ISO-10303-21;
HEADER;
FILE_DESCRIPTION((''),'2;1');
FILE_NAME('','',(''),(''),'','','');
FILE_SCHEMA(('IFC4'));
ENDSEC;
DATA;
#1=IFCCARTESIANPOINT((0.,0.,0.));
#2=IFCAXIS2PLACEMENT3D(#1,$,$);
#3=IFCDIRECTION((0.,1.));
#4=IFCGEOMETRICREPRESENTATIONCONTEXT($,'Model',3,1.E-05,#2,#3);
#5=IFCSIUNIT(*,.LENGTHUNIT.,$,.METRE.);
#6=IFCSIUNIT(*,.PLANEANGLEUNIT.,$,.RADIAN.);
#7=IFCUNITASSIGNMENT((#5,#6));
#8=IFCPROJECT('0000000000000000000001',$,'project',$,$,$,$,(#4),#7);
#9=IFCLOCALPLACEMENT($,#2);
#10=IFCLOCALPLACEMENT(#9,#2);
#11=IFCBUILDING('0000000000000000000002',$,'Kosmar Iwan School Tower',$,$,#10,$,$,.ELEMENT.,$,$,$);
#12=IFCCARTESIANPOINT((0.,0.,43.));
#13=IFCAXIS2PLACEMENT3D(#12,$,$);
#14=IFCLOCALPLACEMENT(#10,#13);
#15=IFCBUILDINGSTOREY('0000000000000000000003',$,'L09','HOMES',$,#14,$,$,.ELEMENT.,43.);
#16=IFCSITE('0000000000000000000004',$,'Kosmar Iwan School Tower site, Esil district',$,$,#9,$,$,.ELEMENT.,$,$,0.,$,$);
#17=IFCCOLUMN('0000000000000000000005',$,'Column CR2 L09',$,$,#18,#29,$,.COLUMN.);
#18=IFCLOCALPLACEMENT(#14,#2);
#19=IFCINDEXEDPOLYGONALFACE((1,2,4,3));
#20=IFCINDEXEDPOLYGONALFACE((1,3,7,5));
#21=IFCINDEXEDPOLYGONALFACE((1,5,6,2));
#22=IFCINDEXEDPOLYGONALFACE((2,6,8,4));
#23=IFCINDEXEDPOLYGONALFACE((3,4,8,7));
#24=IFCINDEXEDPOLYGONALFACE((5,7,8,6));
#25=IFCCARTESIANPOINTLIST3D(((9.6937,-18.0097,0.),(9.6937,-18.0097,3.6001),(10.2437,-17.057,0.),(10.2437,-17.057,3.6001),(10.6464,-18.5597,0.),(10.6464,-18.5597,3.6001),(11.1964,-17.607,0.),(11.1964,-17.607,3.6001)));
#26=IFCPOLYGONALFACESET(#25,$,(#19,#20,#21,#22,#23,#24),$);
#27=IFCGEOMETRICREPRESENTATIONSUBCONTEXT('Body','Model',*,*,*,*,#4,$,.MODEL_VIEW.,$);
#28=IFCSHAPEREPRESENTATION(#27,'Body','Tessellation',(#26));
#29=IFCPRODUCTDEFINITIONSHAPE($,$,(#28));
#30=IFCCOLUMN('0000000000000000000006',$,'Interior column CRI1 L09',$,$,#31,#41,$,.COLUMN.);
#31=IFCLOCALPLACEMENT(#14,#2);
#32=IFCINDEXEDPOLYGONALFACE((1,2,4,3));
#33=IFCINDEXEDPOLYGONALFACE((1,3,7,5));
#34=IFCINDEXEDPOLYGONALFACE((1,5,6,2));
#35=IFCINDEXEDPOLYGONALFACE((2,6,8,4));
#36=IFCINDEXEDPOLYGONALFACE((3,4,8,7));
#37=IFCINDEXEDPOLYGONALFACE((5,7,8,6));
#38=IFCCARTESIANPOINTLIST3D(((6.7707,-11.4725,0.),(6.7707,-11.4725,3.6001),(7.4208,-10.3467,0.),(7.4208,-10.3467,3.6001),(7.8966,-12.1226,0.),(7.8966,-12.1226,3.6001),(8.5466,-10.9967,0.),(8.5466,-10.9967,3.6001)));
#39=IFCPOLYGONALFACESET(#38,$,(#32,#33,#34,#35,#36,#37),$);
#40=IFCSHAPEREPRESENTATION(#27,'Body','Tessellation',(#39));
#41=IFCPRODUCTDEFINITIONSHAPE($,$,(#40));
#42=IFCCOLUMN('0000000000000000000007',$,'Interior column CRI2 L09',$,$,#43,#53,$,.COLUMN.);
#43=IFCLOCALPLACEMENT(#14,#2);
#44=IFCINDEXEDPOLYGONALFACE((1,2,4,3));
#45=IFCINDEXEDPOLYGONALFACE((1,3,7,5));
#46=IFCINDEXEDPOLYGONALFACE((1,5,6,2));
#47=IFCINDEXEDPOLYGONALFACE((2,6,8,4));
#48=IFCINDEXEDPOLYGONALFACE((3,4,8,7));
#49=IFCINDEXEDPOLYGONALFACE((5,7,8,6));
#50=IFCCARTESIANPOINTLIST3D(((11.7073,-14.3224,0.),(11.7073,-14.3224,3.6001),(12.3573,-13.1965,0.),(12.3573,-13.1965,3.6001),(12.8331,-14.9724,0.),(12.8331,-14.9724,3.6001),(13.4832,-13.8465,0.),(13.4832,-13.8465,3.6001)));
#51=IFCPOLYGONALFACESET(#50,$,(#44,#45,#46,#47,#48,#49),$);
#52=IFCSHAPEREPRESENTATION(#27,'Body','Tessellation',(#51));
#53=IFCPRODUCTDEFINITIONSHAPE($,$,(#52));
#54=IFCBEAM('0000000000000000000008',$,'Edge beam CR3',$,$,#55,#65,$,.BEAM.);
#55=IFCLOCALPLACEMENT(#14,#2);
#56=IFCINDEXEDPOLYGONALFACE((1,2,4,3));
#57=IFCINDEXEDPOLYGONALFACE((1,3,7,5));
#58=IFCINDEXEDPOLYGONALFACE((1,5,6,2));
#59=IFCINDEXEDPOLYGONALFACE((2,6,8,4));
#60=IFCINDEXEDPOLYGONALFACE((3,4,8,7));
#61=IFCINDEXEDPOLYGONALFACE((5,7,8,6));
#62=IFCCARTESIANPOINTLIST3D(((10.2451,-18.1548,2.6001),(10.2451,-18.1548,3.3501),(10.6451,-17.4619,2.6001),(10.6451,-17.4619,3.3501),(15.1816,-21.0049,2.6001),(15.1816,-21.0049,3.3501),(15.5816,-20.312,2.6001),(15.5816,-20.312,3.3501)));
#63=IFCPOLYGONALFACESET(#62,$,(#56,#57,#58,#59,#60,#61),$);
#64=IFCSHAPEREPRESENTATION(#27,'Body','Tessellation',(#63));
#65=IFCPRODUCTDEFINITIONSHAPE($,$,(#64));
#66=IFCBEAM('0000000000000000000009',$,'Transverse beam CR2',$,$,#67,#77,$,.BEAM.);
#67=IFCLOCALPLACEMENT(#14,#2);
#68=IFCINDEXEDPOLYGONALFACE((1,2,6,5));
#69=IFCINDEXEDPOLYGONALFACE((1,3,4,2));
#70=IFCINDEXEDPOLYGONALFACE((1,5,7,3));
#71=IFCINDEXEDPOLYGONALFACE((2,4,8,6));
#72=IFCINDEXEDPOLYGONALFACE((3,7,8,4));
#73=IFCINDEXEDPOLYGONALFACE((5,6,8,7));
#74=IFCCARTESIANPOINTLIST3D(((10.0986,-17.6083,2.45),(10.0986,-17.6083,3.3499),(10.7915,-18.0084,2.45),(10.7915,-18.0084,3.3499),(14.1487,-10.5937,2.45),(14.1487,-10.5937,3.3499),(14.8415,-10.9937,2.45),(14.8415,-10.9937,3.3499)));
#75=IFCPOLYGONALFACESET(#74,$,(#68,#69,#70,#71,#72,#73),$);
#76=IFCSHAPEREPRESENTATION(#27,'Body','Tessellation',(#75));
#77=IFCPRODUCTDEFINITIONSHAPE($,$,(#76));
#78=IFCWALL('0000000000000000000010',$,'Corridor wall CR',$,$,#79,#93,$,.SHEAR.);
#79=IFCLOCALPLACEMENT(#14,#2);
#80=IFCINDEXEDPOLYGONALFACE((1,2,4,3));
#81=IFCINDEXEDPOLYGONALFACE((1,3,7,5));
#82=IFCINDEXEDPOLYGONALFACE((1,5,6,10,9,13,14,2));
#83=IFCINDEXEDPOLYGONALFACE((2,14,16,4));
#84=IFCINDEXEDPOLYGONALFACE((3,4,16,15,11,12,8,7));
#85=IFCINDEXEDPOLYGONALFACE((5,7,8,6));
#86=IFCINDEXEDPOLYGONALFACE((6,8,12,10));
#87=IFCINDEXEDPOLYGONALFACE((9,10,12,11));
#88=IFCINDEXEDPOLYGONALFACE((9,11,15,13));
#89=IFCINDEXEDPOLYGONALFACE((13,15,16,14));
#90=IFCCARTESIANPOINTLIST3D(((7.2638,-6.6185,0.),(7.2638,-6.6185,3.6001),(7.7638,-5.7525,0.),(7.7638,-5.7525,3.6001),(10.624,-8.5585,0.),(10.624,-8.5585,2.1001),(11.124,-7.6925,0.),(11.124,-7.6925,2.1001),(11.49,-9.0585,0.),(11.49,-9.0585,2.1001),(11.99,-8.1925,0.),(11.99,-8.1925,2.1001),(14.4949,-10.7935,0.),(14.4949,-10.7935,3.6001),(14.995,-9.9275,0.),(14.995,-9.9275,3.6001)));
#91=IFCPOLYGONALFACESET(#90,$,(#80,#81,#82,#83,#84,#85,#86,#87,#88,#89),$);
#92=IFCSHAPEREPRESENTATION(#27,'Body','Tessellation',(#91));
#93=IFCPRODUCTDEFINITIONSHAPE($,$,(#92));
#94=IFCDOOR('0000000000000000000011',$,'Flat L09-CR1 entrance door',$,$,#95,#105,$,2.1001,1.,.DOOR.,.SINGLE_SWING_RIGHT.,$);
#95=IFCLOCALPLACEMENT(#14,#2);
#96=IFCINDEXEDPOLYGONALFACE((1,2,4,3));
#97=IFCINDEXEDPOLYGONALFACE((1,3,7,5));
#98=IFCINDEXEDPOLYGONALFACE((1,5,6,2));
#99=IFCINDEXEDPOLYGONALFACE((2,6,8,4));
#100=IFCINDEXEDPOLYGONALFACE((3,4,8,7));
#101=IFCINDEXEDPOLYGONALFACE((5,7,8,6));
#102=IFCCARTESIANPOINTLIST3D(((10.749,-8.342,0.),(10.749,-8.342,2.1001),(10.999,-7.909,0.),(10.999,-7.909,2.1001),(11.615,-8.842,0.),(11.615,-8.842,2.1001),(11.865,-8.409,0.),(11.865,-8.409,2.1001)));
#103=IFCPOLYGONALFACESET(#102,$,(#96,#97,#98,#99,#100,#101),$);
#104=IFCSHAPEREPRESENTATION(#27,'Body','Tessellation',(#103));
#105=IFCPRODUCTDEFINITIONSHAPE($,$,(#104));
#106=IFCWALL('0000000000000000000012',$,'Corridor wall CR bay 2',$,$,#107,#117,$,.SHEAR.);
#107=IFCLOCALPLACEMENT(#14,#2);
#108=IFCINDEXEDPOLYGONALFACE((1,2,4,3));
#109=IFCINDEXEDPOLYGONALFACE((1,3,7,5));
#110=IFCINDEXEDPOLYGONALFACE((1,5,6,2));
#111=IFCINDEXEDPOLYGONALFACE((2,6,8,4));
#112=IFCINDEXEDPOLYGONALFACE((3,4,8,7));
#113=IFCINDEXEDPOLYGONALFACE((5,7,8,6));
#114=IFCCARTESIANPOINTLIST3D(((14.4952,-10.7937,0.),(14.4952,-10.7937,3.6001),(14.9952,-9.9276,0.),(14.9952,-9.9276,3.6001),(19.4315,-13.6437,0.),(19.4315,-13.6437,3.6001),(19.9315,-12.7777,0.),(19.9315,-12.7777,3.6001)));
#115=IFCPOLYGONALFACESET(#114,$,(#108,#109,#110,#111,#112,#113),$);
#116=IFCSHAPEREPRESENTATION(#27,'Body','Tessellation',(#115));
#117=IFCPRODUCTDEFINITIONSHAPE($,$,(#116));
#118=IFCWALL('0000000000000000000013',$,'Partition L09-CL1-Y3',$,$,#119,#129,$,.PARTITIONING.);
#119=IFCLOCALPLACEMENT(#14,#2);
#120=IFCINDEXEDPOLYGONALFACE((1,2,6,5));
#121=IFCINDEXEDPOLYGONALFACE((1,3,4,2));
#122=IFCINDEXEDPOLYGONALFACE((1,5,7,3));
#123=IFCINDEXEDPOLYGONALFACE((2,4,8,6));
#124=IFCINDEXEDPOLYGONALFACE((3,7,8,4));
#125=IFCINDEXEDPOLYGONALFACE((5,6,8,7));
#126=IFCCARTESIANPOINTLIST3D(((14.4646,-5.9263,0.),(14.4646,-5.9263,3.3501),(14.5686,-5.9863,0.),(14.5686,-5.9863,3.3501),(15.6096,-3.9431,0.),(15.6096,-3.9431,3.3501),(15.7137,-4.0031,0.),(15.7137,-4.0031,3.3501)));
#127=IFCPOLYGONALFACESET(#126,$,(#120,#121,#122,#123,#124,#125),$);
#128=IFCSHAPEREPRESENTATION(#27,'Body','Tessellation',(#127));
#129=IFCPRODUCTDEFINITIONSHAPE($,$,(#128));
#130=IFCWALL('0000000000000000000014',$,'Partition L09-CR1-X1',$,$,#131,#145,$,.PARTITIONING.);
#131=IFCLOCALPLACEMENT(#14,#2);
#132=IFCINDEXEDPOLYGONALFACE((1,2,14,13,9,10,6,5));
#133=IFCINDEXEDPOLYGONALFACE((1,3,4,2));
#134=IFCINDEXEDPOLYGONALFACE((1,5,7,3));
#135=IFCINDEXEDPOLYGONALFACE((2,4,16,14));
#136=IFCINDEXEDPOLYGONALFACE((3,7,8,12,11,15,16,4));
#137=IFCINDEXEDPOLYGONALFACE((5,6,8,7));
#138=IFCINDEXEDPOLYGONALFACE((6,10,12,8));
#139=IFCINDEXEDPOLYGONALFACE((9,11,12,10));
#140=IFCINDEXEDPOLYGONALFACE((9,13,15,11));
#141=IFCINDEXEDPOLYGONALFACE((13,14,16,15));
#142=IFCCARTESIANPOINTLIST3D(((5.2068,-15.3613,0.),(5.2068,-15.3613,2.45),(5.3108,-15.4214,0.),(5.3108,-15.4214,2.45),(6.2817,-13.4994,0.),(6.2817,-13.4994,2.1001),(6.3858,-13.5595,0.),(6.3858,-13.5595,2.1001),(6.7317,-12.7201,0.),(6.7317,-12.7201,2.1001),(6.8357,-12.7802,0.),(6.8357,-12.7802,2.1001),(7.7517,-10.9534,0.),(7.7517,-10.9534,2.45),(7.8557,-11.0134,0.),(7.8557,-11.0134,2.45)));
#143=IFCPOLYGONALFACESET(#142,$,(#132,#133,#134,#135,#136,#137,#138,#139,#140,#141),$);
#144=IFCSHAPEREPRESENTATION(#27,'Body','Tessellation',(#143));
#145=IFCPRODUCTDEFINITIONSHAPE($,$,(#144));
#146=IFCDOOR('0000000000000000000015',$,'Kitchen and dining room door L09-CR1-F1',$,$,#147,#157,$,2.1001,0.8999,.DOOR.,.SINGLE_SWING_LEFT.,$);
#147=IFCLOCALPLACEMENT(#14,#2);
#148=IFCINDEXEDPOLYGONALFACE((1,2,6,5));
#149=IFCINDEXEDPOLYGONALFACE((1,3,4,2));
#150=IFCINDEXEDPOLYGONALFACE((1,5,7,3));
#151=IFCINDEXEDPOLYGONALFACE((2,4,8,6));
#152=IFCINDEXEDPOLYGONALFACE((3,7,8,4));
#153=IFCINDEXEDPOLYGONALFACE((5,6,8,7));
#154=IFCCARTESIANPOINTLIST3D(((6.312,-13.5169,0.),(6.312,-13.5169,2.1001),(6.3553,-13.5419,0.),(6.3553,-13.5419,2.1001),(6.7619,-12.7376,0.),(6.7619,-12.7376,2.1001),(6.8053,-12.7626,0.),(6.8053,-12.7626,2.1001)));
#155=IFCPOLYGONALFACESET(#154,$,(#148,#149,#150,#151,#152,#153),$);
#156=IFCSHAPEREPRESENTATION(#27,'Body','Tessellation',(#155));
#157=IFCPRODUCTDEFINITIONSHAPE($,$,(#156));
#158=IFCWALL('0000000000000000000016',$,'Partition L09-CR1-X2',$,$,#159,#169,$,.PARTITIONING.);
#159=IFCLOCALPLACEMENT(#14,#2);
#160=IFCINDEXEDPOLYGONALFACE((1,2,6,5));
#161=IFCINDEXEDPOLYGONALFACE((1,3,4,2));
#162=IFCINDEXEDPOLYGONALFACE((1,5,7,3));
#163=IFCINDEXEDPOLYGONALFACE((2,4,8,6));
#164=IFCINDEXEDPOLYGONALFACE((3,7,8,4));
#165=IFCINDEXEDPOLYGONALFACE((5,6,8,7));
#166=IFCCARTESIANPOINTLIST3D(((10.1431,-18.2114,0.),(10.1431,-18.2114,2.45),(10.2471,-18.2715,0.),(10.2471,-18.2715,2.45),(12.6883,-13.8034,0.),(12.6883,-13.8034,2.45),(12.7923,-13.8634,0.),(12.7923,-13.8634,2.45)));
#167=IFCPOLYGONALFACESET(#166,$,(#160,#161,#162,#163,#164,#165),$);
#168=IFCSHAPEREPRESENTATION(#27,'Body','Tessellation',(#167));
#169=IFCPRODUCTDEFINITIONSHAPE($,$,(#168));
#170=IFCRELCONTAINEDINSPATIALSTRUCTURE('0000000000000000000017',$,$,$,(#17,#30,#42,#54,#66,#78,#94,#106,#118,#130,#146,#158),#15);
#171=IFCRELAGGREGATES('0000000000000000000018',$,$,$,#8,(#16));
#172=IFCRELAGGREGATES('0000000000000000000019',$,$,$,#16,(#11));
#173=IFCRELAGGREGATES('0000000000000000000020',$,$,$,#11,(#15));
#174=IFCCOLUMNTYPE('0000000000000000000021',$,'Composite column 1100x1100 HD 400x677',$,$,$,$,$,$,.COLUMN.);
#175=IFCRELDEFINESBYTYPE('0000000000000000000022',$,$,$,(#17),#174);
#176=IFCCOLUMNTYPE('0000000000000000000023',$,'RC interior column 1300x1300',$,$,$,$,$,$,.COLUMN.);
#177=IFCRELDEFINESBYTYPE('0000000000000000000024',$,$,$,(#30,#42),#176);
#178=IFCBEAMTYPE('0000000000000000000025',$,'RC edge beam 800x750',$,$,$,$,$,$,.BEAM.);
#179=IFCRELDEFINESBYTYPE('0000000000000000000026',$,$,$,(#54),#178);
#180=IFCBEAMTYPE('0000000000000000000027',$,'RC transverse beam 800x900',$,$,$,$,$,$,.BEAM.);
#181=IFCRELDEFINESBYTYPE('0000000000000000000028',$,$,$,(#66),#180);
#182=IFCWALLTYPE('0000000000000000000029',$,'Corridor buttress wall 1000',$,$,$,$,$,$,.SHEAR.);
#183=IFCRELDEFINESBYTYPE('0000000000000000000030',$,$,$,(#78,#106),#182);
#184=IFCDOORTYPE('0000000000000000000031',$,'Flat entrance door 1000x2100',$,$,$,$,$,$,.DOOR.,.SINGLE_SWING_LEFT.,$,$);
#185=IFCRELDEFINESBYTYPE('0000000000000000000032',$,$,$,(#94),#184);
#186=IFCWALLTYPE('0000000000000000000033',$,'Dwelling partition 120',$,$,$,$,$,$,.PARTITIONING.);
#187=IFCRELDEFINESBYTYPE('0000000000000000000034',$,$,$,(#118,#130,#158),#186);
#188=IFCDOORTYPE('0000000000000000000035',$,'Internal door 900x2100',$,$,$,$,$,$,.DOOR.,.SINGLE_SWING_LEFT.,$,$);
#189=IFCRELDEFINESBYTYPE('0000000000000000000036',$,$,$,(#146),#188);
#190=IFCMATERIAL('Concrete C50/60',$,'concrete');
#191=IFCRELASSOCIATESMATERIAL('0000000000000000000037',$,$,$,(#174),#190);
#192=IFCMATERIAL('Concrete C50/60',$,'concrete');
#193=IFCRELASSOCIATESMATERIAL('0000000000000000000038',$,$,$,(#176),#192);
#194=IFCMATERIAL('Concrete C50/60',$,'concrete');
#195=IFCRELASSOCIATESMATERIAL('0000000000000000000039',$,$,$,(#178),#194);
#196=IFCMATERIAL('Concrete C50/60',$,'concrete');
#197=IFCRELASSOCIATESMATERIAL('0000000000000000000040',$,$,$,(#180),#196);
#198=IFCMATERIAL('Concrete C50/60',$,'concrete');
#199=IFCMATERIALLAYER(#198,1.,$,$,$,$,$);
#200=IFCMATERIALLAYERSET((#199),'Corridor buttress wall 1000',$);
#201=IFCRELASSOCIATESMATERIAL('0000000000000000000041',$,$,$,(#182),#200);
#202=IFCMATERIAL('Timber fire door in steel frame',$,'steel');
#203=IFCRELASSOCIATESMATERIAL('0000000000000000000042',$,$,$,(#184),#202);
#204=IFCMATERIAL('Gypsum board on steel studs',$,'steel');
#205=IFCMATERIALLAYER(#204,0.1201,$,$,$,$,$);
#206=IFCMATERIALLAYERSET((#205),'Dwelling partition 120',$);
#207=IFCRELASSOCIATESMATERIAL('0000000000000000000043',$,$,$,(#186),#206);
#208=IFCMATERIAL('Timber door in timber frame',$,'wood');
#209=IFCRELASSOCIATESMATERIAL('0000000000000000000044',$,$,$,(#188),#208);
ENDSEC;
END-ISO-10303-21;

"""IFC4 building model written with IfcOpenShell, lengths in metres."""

from ifc_helpers import new_model, si_unit, direction, frame, frame_2d, origin, origin_2d, place, context, subcontext, project, spatial, rectangle, extrude, material, layer, layer_set, material_profile, profile_set, type_object, element, fill, save


model = new_model("IFC4")

# Units and contexts
model_context = context("Model", 3, precision=1e-05, world=origin(), true_north=direction((0.0, 1.0)))
body_context = subcontext(model_context, "Body", "Model", "MODEL_VIEW")
ifc_project = project(units=[si_unit("LENGTHUNIT", "METRE"), si_unit("PLANEANGLEUNIT", "RADIAN")], contexts=[model_context])

# Site, building, storey
site_placement = place(None, origin())
site = spatial("IfcSite", under=ifc_project, at=site_placement, Name="Kosmar Iwan School Tower site, Esil district", CompositionType="ELEMENT", RefElevation=0.0)
building_placement = place(site_placement, origin())
building = spatial("IfcBuilding", under=site, at=building_placement, Name="Kosmar Iwan School Tower", CompositionType="ELEMENT")
storey_placement = place(building_placement, frame((0.0, 0.0, 43.0)))
storey = spatial("IfcBuildingStorey", under=building, at=storey_placement, Name="L09", Description="HOMES", CompositionType="ELEMENT", Elevation=43.0)

# Columns
ifc_material_1 = material(Name="Concrete C50/60", Category="concrete")
ifc_material_profile_1 = material_profile(ifc_material_1, rectangle(XDim=1.1001, YDim=1.1001, at=origin_2d()), Name="RC 1100x1100 + HD 400x677")
ifc_profile_set_1 = profile_set([ifc_material_profile_1], Name="Concrete C50/60")
column_type_1 = type_object("IfcColumnType", Name="Composite column 1100x1100 HD 400x677", PredefinedType="COLUMN", material=ifc_profile_set_1)
column_placement = place(storey_placement, frame((10.4451, -17.8083, 0.0), z_axis=(0.0, 0.0, 1.0), x_axis=(0.866025, -0.5, 0.0)))
element("IfcColumn", 1, at=column_placement, inside=storey, type_object=column_type_1, Name="Column CR2 L09", PredefinedType="COLUMN", context=body_context, shape_type="SweptSolid", body=[
    extrude(rectangle(XDim=1.1001, YDim=1.1001, at=origin_2d()), origin(), (0.0, 0.0, 1.0), 3.6001),
])
ifc_material_2 = material(Name="Concrete C50/60", Category="concrete")
ifc_material_profile_2 = material_profile(ifc_material_2, rectangle(XDim=1.3, YDim=1.3, at=origin_2d()), Name="RC 1300x1300")
ifc_profile_set_2 = profile_set([ifc_material_profile_2], Name="Concrete C50/60")
column_type_2 = type_object("IfcColumnType", Name="RC interior column 1300x1300", PredefinedType="COLUMN", material=ifc_profile_set_2)
for number, where, z_axis, x_axis, name in (
    (2, (7.6587, -11.2346, 0.0), (0.0, 0.0, 1.0), (0.866025, -0.5, 0.0), "Interior column CRI1 L09"),
    (3, (12.5952, -14.0845, 0.0), (0.0, 0.0, 1.0), (0.866025, -0.5, 0.0), "Interior column CRI2 L09"),
):
    element("IfcColumn", number, at=place(storey_placement, frame(where, z_axis=z_axis, x_axis=x_axis)), inside=storey, type_object=column_type_2, Name=name, PredefinedType="COLUMN", context=body_context, shape_type="SweptSolid", body=[
        extrude(rectangle(XDim=1.3, YDim=1.3, at=origin_2d()), origin(), (0.0, 0.0, 1.0), 3.6001),
    ])

# Beams
ifc_material_3 = material(Name="Concrete C50/60", Category="concrete")
ifc_material_profile_3 = material_profile(ifc_material_3, rectangle(XDim=0.8, YDim=0.75, at=origin_2d()), Name="RC 800x750")
ifc_profile_set_3 = profile_set([ifc_material_profile_3], Name="Concrete C50/60")
beam_type_1 = type_object("IfcBeamType", Name="RC edge beam 800x750", PredefinedType="BEAM", material=ifc_profile_set_3)
beam_1_placement = place(storey_placement, frame((10.4451, -17.8083, 2.9751), z_axis=(0.866026, -0.499999, 0.0), x_axis=(0.499999, 0.866026, 0.0)))
element("IfcBeam", 4, at=beam_1_placement, inside=storey, type_object=beam_type_1, Name="Edge beam CR3", PredefinedType="BEAM", context=body_context, shape_type="SweptSolid", body=[
    extrude(rectangle(XDim=0.8, YDim=0.75, at=origin_2d()), origin(), (0.0, 0.0, 1.0), 5.7002),
])
ifc_material_4 = material(Name="Concrete C50/60", Category="concrete")
ifc_material_profile_4 = material_profile(ifc_material_4, rectangle(XDim=0.8, YDim=0.8999, at=origin_2d()), Name="RC 800x900")
ifc_profile_set_4 = profile_set([ifc_material_profile_4], Name="Concrete C50/60")
beam_type_2 = type_object("IfcBeamType", Name="RC transverse beam 800x900", PredefinedType="BEAM", material=ifc_profile_set_4)
beam_2_placement = place(storey_placement, frame((10.4451, -17.8083, 2.8999), z_axis=(0.500013, 0.866018, 0.0), x_axis=(-0.866018, 0.500013, 0.0)))
element("IfcBeam", 5, at=beam_2_placement, inside=storey, type_object=beam_type_2, Name="Transverse beam CR2", PredefinedType="BEAM", context=body_context, shape_type="SweptSolid", body=[
    extrude(rectangle(XDim=0.8, YDim=0.8999, at=origin_2d()), origin(), (0.0, 0.0, 1.0), 8.0999),
])

# Wall, opening, door
ifc_material_5 = material(Name="Concrete C50/60", Category="concrete")
ifc_layer_1 = layer(ifc_material_5, 1.0)
ifc_layer_set_1 = layer_set([ifc_layer_1], Name="Corridor buttress wall 1000")
wall_type_1 = type_object("IfcWallType", Name="Corridor buttress wall 1000", PredefinedType="SHEAR", material=ifc_layer_set_1)
wall_1_placement = place(storey_placement, frame((7.5139, -6.1855, 0.0), z_axis=(0.0, 0.0, 1.0), x_axis=(0.86602, -0.50001, 0.0)))
wall_1 = element("IfcWall", 6, at=wall_1_placement, inside=storey, type_object=wall_type_1, Name="Corridor wall CR", PredefinedType="SHEAR", context=body_context, shape_type="SweptSolid", body=[
    extrude(rectangle(XDim=8.3499, YDim=1.0, at=frame_2d((4.1748, 0.0))), origin(), (0.0, 0.0, 1.0), 3.6001),
])
opening_1_placement = place(wall_1_placement, frame((3.8799, 0.0, 0.0)))
opening_1 = element("IfcOpeningElement", 7, at=opening_1_placement, cuts=wall_1, PredefinedType="OPENING", context=body_context, shape_type="SweptSolid", body=[
    extrude(rectangle(XDim=1.0, YDim=2.1001, at=frame_2d((0.5, 1.05))), frame((0.0, 0.512, 0.0), z_axis=(0.0, -1.0, 0.0), x_axis=(1.0, 0.0, 0.0)), (0.0, 0.0, 1.0), 1.0239),
])
ifc_material_6 = material(Name="Timber fire door in steel frame", Category="steel")
door_type_1 = type_object("IfcDoorType", Name="Flat entrance door 1000x2100", OperationType="SINGLE_SWING_LEFT", PredefinedType="DOOR", material=ifc_material_6)
door_1_placement = place(opening_1_placement, origin())
door_1 = element("IfcDoor", 8, at=door_1_placement, inside=storey, type_object=door_type_1, Name="Flat L09-CR1 entrance door", OperationType="SINGLE_SWING_RIGHT", OverallHeight=2.1001, OverallWidth=1.0, PredefinedType="DOOR", context=body_context, shape_type="SweptSolid", body=[
    extrude(rectangle(XDim=1.0, YDim=2.1001, at=frame_2d((0.5, 1.05))), frame((0.0, 0.25, 0.0), z_axis=(0.0, -1.0, 0.0), x_axis=(1.0, 0.0, 0.0)), (0.0, 0.0, 1.0), 0.5),
])
fill(opening_1, door_1)

# Walls
wall_2_placement = place(storey_placement, frame((14.7451, -10.3606, 0.0), z_axis=(0.0, 0.0, 1.0), x_axis=(0.866015, -0.500018, 0.0)))
element("IfcWall", 9, at=wall_2_placement, inside=storey, type_object=wall_type_1, Name="Corridor wall CR bay 2", PredefinedType="SHEAR", context=body_context, shape_type="SweptSolid", body=[
    extrude(rectangle(XDim=5.7, YDim=1.0, at=frame_2d((2.8501, 0.0))), origin(), (0.0, 0.0, 1.0), 3.6001),
])
ifc_material_7 = material(Name="Gypsum board on steel studs", Category="steel")
ifc_layer_2 = layer(ifc_material_7, 0.1201)
ifc_layer_set_2 = layer_set([ifc_layer_2], Name="Dwelling partition 120")
wall_type_2 = type_object("IfcWallType", Name="Dwelling partition 120", PredefinedType="PARTITIONING", material=ifc_layer_set_2)
wall_3_placement = place(storey_placement, frame((14.5166, -5.9563, 0.0), z_axis=(0.0, 0.0, 1.0), x_axis=(0.500015, 0.866017, 0.0)))
element("IfcWall", 10, at=wall_3_placement, inside=storey, type_object=wall_type_2, Name="Partition L09-CL1-Y3", PredefinedType="PARTITIONING", context=body_context, shape_type="SweptSolid", body=[
    extrude(rectangle(XDim=2.29, YDim=0.1201, at=frame_2d((1.145, 0.0))), origin(), (0.0, 0.0, 1.0), 3.3501),
])

# Wall, opening, door
wall_4_placement = place(storey_placement, frame((7.8037, -10.9834, 0.0), z_axis=(0.0, 0.0, 1.0), x_axis=(-0.499998, -0.866027, 0.0)))
wall_4 = element("IfcWall", 11, at=wall_4_placement, inside=storey, type_object=wall_type_2, Name="Partition L09-CR1-X1", PredefinedType="PARTITIONING", context=body_context, shape_type="SweptSolid", body=[
    extrude(rectangle(XDim=5.0898, YDim=0.1201, at=frame_2d((2.5449, 0.0))), origin(), (0.0, 0.0, 1.0), 2.45),
])
opening_2_placement = place(wall_4_placement, frame((2.04, 0.0, 0.0)))
opening_2 = element("IfcOpeningElement", 12, at=opening_2_placement, cuts=wall_4, PredefinedType="OPENING", context=body_context, shape_type="SweptSolid", body=[
    extrude(rectangle(XDim=0.8999, YDim=2.1001, at=frame_2d((0.45, 1.05))), frame((0.0, 0.072, 0.0), z_axis=(0.0, -1.0, 0.0), x_axis=(1.0, 0.0, 0.0)), (0.0, 0.0, 1.0), 0.144),
])
ifc_material_8 = material(Name="Timber door in timber frame", Category="wood")
door_type_2 = type_object("IfcDoorType", Name="Internal door 900x2100", OperationType="SINGLE_SWING_LEFT", PredefinedType="DOOR", material=ifc_material_8)
door_2_placement = place(opening_2_placement, origin())
door_2 = element("IfcDoor", 13, at=door_2_placement, inside=storey, type_object=door_type_2, Name="Kitchen and dining room door L09-CR1-F1", OperationType="SINGLE_SWING_LEFT", OverallHeight=2.1001, OverallWidth=0.8999, PredefinedType="DOOR", context=body_context, shape_type="SweptSolid", body=[
    extrude(rectangle(XDim=0.8999, YDim=2.1001, at=frame_2d((0.45, 1.05))), frame((0.0, 0.0249, 0.0), z_axis=(0.0, -1.0, 0.0), x_axis=(1.0, 0.0, 0.0)), (0.0, 0.0, 1.0), 0.05),
])
fill(opening_2, door_2)

# Wall
wall_5_placement = place(storey_placement, frame((12.7402, -13.8335, 0.0), z_axis=(0.0, 0.0, 1.0), x_axis=(-0.500034, -0.866006, 0.0)))
element("IfcWall", 14, at=wall_5_placement, inside=storey, type_object=wall_type_2, Name="Partition L09-CR1-X2", PredefinedType="PARTITIONING", context=body_context, shape_type="SweptSolid", body=[
    extrude(rectangle(XDim=5.0901, YDim=0.1201, at=frame_2d((2.5449, 0.0))), origin(), (0.0, 0.0, 1.0), 2.45),
])

save(model, "model.ifc")
